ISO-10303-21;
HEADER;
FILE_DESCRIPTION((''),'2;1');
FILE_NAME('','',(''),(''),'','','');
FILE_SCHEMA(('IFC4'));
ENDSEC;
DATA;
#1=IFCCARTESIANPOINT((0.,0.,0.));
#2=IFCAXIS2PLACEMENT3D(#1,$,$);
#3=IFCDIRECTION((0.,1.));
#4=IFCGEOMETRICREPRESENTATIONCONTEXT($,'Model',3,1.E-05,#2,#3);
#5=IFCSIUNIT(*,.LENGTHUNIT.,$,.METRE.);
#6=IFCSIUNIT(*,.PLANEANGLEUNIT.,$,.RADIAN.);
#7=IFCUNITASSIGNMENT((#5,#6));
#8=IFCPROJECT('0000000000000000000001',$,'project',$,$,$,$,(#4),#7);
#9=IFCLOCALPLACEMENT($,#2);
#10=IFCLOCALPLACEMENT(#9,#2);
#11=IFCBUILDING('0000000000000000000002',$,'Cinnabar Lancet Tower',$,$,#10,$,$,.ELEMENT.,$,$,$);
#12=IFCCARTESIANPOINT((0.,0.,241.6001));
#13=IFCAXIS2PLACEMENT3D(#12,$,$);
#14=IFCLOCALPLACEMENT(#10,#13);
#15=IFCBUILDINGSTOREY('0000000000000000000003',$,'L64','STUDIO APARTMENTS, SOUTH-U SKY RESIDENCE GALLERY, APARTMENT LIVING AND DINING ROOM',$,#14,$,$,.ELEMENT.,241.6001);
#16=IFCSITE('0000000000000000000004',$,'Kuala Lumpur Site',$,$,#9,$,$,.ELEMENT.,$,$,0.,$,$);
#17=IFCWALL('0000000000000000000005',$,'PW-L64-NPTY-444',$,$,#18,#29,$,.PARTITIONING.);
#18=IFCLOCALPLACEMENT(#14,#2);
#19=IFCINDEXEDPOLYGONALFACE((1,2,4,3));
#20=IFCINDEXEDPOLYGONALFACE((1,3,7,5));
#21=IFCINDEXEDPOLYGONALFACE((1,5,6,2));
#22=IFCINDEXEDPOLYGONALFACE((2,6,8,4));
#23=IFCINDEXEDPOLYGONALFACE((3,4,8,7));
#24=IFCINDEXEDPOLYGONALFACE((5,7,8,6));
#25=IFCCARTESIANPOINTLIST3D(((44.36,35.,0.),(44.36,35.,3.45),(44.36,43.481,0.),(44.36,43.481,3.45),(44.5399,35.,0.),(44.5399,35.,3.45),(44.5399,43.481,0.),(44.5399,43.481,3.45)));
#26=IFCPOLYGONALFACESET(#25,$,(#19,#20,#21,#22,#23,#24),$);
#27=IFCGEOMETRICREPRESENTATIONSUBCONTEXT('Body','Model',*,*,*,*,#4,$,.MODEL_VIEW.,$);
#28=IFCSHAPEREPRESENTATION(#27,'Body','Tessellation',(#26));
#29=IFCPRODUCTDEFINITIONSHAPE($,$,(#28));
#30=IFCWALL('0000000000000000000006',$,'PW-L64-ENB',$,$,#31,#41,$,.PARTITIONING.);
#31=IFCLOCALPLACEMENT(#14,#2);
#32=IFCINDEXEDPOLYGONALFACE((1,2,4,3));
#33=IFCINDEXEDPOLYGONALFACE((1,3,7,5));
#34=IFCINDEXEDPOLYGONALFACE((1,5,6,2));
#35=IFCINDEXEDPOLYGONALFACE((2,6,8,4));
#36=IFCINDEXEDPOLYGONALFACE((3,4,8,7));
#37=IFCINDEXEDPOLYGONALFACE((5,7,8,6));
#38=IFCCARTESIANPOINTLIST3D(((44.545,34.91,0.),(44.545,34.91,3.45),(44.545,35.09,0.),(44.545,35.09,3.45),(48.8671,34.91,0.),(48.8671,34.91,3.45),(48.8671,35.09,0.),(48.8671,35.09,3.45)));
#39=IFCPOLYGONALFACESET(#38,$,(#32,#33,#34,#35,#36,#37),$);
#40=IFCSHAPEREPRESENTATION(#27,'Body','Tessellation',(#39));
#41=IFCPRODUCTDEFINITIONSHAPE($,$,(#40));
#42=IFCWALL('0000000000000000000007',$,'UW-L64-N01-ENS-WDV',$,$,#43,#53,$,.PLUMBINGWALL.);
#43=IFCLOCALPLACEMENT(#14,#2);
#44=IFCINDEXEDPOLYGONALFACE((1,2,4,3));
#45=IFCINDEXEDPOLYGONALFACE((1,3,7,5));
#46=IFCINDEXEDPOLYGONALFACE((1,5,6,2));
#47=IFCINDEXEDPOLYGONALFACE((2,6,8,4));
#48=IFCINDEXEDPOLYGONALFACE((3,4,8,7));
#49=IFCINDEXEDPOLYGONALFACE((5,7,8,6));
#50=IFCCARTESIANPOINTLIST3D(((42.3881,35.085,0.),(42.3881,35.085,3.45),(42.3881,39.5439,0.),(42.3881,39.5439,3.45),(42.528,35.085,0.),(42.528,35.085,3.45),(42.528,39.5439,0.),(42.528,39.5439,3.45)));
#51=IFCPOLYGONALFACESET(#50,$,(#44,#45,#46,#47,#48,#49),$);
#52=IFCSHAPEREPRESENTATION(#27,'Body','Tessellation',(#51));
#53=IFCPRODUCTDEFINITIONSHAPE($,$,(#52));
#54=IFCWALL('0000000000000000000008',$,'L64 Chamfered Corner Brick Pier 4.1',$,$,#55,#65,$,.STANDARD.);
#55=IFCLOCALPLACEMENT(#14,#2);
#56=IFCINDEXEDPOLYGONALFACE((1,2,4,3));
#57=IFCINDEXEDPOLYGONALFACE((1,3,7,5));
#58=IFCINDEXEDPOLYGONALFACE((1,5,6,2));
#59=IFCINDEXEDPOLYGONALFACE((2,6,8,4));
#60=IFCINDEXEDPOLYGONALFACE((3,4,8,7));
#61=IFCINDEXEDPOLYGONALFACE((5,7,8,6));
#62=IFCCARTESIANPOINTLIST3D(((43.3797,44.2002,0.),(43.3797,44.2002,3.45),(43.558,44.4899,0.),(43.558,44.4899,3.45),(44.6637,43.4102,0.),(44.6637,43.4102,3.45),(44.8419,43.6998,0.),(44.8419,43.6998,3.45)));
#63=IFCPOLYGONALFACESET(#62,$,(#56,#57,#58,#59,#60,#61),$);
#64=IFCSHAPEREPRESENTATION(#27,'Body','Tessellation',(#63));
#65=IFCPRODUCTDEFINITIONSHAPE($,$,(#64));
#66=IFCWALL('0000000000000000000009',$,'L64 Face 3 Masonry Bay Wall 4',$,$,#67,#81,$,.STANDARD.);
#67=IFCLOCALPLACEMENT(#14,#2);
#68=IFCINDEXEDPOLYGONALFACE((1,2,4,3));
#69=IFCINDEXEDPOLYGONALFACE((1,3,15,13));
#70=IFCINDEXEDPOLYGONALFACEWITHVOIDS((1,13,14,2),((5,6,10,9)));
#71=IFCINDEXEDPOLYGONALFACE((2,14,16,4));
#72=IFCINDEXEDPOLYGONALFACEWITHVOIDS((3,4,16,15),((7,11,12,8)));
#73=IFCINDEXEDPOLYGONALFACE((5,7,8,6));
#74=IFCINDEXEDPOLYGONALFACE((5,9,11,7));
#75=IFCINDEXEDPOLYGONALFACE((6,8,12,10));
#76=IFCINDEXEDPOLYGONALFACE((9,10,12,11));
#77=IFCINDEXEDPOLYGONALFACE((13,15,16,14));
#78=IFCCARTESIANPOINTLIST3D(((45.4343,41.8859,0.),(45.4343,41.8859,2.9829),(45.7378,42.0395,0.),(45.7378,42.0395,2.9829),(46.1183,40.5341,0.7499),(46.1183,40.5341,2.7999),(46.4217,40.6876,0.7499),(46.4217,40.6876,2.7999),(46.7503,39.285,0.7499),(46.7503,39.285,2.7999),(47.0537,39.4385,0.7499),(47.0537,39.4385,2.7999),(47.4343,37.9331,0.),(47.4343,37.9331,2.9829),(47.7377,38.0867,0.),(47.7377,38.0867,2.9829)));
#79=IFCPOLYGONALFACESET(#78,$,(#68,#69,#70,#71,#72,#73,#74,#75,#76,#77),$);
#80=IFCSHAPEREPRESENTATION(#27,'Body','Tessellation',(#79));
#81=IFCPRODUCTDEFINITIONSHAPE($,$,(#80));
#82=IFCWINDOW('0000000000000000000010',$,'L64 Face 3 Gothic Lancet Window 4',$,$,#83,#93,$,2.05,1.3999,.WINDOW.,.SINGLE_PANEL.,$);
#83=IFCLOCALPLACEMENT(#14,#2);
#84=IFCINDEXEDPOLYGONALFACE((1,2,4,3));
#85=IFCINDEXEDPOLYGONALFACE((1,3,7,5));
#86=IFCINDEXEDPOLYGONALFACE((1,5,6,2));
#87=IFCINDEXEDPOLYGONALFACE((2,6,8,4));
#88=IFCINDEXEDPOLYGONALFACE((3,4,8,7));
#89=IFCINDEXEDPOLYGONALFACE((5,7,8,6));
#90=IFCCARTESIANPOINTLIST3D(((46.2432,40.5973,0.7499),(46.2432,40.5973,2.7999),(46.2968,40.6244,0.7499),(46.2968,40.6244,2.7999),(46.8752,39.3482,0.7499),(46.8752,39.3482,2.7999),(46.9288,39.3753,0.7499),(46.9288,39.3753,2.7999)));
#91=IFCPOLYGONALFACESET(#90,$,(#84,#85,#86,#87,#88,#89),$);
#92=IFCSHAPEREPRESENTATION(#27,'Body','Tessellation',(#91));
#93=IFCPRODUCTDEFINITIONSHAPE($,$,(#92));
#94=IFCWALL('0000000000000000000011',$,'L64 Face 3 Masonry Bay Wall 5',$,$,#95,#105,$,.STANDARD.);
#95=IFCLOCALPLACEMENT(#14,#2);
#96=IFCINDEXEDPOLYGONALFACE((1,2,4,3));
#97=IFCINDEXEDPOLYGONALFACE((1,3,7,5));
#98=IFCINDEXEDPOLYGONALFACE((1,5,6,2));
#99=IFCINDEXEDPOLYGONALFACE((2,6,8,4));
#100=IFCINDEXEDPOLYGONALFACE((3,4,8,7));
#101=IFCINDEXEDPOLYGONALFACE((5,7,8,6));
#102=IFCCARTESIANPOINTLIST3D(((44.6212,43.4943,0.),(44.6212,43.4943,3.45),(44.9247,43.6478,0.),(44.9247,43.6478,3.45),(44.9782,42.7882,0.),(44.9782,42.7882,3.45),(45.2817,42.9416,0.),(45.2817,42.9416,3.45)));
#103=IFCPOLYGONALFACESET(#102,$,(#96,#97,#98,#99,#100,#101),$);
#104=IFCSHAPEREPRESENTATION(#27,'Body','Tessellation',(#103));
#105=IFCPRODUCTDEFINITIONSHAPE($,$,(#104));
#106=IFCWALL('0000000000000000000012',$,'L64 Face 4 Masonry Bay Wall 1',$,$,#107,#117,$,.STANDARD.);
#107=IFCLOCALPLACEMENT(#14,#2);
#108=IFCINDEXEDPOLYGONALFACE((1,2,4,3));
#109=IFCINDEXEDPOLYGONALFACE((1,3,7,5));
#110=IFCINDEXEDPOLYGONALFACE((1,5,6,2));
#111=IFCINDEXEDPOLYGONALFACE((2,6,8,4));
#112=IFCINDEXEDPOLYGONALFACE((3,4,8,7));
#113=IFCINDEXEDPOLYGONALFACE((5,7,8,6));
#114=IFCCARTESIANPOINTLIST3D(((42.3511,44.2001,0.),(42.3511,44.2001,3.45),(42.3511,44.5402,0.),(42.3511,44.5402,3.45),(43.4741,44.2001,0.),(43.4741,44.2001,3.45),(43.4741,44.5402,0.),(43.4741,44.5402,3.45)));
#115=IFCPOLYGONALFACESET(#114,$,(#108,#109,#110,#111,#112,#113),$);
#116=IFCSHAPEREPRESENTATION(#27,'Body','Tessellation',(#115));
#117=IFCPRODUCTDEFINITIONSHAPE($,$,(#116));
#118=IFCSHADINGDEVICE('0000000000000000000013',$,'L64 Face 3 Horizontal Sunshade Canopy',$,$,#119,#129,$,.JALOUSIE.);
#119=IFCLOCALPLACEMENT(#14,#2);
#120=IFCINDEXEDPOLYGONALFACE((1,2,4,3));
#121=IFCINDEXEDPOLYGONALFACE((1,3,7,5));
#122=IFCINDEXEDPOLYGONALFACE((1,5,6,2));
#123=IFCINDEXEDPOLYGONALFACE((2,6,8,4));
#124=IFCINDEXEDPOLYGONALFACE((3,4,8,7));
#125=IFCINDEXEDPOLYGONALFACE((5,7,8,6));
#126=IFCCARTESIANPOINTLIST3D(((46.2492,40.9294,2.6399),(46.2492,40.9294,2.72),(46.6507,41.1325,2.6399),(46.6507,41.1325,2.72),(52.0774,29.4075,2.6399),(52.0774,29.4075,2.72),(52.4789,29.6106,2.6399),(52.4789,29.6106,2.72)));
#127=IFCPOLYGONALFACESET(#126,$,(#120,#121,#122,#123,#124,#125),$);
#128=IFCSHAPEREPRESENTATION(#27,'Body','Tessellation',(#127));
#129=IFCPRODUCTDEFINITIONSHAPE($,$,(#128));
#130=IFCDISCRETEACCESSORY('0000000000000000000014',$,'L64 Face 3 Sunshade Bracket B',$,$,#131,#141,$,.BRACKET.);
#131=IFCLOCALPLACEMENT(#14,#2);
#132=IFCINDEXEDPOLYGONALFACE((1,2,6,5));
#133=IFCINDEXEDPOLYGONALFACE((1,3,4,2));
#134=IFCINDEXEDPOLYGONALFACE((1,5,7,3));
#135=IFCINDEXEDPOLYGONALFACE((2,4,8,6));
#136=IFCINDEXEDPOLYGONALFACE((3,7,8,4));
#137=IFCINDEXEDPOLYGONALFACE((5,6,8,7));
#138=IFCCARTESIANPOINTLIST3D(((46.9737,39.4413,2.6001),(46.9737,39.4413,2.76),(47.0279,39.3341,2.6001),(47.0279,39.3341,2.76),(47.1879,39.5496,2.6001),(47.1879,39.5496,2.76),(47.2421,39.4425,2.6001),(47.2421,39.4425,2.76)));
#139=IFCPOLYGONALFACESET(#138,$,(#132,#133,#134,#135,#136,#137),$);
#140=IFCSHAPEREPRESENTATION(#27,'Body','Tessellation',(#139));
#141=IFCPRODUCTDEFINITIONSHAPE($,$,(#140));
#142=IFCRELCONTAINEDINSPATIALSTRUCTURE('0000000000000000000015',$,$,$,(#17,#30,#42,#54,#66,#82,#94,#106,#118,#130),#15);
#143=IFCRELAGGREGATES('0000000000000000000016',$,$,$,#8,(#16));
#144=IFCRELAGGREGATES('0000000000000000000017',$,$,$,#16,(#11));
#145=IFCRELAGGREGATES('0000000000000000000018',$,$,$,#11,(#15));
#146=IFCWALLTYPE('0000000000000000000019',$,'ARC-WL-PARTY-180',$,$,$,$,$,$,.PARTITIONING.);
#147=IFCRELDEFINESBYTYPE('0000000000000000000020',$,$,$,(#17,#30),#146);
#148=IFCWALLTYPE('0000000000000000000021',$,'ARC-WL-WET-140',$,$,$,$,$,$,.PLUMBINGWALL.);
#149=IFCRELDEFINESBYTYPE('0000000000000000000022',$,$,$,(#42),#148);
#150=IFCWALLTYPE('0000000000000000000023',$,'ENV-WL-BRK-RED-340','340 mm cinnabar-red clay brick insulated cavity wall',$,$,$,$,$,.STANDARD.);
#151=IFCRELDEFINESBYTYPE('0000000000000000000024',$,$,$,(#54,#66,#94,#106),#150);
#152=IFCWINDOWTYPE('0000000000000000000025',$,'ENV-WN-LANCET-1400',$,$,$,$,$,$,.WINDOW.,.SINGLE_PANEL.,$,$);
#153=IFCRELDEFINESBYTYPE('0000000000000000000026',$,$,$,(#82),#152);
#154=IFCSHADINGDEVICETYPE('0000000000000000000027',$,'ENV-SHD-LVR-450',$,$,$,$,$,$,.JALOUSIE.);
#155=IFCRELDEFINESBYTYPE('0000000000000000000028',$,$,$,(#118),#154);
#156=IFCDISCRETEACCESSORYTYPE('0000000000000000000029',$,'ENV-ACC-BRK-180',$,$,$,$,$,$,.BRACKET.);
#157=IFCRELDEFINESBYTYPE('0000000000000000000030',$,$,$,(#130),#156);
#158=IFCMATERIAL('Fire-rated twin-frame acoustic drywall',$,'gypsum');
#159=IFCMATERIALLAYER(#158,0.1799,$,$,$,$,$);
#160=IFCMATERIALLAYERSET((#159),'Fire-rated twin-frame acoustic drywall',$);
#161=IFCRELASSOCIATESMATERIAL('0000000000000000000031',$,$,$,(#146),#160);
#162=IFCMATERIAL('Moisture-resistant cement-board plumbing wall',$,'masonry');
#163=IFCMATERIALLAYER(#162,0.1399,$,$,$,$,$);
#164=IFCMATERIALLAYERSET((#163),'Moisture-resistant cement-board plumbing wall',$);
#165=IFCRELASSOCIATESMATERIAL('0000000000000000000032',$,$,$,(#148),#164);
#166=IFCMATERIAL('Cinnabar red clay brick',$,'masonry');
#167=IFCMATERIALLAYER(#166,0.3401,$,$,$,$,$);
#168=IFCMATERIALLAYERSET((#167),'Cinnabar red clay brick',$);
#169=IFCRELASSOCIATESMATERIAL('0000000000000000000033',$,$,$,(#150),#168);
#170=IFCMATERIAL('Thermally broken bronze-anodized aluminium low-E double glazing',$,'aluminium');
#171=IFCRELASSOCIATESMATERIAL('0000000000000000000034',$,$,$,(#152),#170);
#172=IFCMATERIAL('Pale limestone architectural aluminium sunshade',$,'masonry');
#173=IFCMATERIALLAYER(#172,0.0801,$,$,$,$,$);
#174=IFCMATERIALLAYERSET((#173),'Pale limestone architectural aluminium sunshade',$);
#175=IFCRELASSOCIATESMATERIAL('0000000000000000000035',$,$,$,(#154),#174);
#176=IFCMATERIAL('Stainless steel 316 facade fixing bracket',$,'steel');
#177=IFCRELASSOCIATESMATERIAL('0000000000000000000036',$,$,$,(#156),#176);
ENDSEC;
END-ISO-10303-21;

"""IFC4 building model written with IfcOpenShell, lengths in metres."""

from ifc_helpers import new_model, si_unit, direction, frame, frame_2d, origin, origin_2d, place, context, subcontext, project, spatial, rectangle, extrude, material, layer, layer_set, type_object, element, fill, save


model = new_model("IFC4")

# Units and contexts
model_context = context("Model", 3, precision=1e-05, world=origin(), true_north=direction((0.0, 1.0)))
body_context = subcontext(model_context, "Body", "Model", "MODEL_VIEW")
ifc_project = project(units=[si_unit("LENGTHUNIT", "METRE"), si_unit("PLANEANGLEUNIT", "RADIAN")], contexts=[model_context])

# Site, building, storey
site_placement = place(None, origin())
site = spatial("IfcSite", under=ifc_project, at=site_placement, Name="Kuala Lumpur Site", CompositionType="ELEMENT", RefElevation=0.0)
building_placement = place(site_placement, origin())
building = spatial("IfcBuilding", under=site, at=building_placement, Name="Cinnabar Lancet Tower", CompositionType="ELEMENT")
storey_placement = place(building_placement, frame((0.0, 0.0, 241.6001)))
storey = spatial("IfcBuildingStorey", under=building, at=storey_placement, Name="L64", Description="STUDIO APARTMENTS, SOUTH-U SKY RESIDENCE GALLERY, APARTMENT LIVING AND DINING ROOM", CompositionType="ELEMENT", Elevation=241.6001)

# Walls
ifc_material_1 = material(Name="Fire-rated twin-frame acoustic drywall", Category="gypsum")
ifc_layer_1 = layer(ifc_material_1, 0.1799)
ifc_layer_set_1 = layer_set([ifc_layer_1], Name="Fire-rated twin-frame acoustic drywall")
wall_type_1 = type_object("IfcWallType", Name="ARC-WL-PARTY-180", PredefinedType="PARTITIONING", material=ifc_layer_set_1)
wall_1_placement = place(storey_placement, frame((44.45, 35.0, 0.0), z_axis=(0.0, 0.0, 1.0), x_axis=(0.0, 1.0, 0.0)))
element("IfcWall", 1, at=wall_1_placement, inside=storey, type_object=wall_type_1, Name="PW-L64-NPTY-444", PredefinedType="PARTITIONING", context=body_context, shape_type="SweptSolid", body=[
    extrude(rectangle(XDim=8.481, YDim=0.1799, at=frame_2d((4.2405, 0.0))), origin(), (0.0, 0.0, 1.0), 3.45),
])
wall_2_placement = place(storey_placement, frame((44.5449, 35.0, 0.0), z_axis=(0.0, 0.0, 1.0), x_axis=(1.0, 0.0, 0.0)))
element("IfcWall", 2, at=wall_2_placement, inside=storey, type_object=wall_type_1, Name="PW-L64-ENB", PredefinedType="PARTITIONING", context=body_context, shape_type="SweptSolid", body=[
    extrude(rectangle(XDim=4.322, YDim=0.1799, at=frame_2d((2.1611, 0.0))), origin(), (0.0, 0.0, 1.0), 3.45),
])
ifc_material_2 = material(Name="Moisture-resistant cement-board plumbing wall", Category="masonry")
ifc_layer_2 = layer(ifc_material_2, 0.1399)
ifc_layer_set_2 = layer_set([ifc_layer_2], Name="Moisture-resistant cement-board plumbing wall")
wall_type_2 = type_object("IfcWallType", Name="ARC-WL-WET-140", PredefinedType="PLUMBINGWALL", material=ifc_layer_set_2)
wall_3_placement = place(storey_placement, frame((42.458, 35.085, 0.0), z_axis=(0.0, 0.0, 1.0), x_axis=(0.0, 1.0, 0.0)))
element("IfcWall", 3, at=wall_3_placement, inside=storey, type_object=wall_type_2, Name="UW-L64-N01-ENS-WDV", PredefinedType="PLUMBINGWALL", context=body_context, shape_type="SweptSolid", body=[
    extrude(rectangle(XDim=4.459, YDim=0.1399, at=frame_2d((2.2295, 0.0))), origin(), (0.0, 0.0, 1.0), 3.45),
])
ifc_material_3 = material(Name="Cinnabar red clay brick", Category="masonry")
ifc_layer_3 = layer(ifc_material_3, 0.3401)
ifc_layer_set_3 = layer_set([ifc_layer_3], Name="Cinnabar red clay brick")
wall_type_3 = type_object("IfcWallType", Name="ENV-WL-BRK-RED-340", Description="340 mm cinnabar-red clay brick insulated cavity wall", PredefinedType="STANDARD", material=ifc_layer_set_3)
wall_4_placement = place(storey_placement, frame((44.7529, 43.5549, 0.0), z_axis=(0.0, 0.0, 1.0), x_axis=(-0.851681, 0.524061, 0.0)))
element("IfcWall", 4, at=wall_4_placement, inside=storey, type_object=wall_type_3, Name="L64 Chamfered Corner Brick Pier 4.1", PredefinedType="STANDARD", context=body_context, shape_type="SweptSolid", body=[
    extrude(rectangle(XDim=1.5076, YDim=0.3401, at=frame_2d((0.7539, 0.0))), origin(), (0.0, 0.0, 1.0), 3.45),
])

# Wall, opening, window
wall_5_placement = place(storey_placement, frame((47.5859, 38.01, 0.0), z_axis=(0.0, 0.0, 1.0), x_axis=(-0.451463, 0.89229, 0.0)))
wall_5 = element("IfcWall", 5, at=wall_5_placement, inside=storey, type_object=wall_type_3, Name="L64 Face 3 Masonry Bay Wall 4", PredefinedType="STANDARD", context=body_context, shape_type="SweptSolid", body=[
    extrude(rectangle(XDim=4.4299, YDim=0.3401, at=frame_2d((2.2148, 0.0))), origin(), (0.0, 0.0, 1.0), 2.9829),
])
opening_placement = place(wall_5_placement, frame((1.5149, 0.0, 0.75)))
opening = element("IfcOpeningElement", 6, at=opening_placement, cuts=wall_5, PredefinedType="OPENING", context=body_context, shape_type="SweptSolid", body=[
    extrude(rectangle(XDim=1.3999, YDim=2.05, at=frame_2d((0.7, 1.0249))), frame((0.0, 0.1799, 0.0), z_axis=(0.0, -1.0, 0.0), x_axis=(1.0, 0.0, 0.0)), (0.0, 0.0, 1.0), 0.3601),
])
ifc_material_4 = material(Name="Thermally broken bronze-anodized aluminium low-E double glazing", Category="aluminium")
window_type = type_object("IfcWindowType", Name="ENV-WN-LANCET-1400", PartitioningType="SINGLE_PANEL", PredefinedType="WINDOW", material=ifc_material_4)
window_placement = place(opening_placement, origin())
window = element("IfcWindow", 7, at=window_placement, inside=storey, type_object=window_type, Name="L64 Face 3 Gothic Lancet Window 4", OverallHeight=2.05, OverallWidth=1.3999, PartitioningType="SINGLE_PANEL", PredefinedType="WINDOW", context=body_context, shape_type="SweptSolid", body=[
    extrude(rectangle(XDim=1.3999, YDim=2.05, at=frame_2d((0.7, 1.0249))), frame((0.0, 0.03, 0.0), z_axis=(0.0, -1.0, 0.0), x_axis=(1.0, 0.0, 0.0)), (0.0, 0.0, 1.0), 0.0601),
])
fill(opening, window)

# Walls
wall_6_placement = place(storey_placement, frame((45.1299, 42.865, 0.0), z_axis=(0.0, 0.0, 1.0), x_axis=(-0.451159, 0.892443, 0.0)))
element("IfcWall", 8, at=wall_6_placement, inside=storey, type_object=wall_type_3, Name="L64 Face 3 Masonry Bay Wall 5", PredefinedType="STANDARD", context=body_context, shape_type="SweptSolid", body=[
    extrude(rectangle(XDim=0.7913, YDim=0.3401, at=frame_2d((0.3955, 0.0))), origin(), (0.0, 0.0, 1.0), 3.45),
])
wall_7_placement = place(storey_placement, frame((43.4741, 44.3701, 0.0), z_axis=(0.0, 0.0, 1.0), x_axis=(-1.0, 0.0, 0.0)))
element("IfcWall", 9, at=wall_7_placement, inside=storey, type_object=wall_type_3, Name="L64 Face 4 Masonry Bay Wall 1", PredefinedType="STANDARD", context=body_context, shape_type="SweptSolid", body=[
    extrude(rectangle(XDim=1.123, YDim=0.3401, at=frame_2d((0.5615, 0.0))), origin(), (0.0, 0.0, 1.0), 3.45),
])

# Shading device
ifc_material_5 = material(Name="Pale limestone architectural aluminium sunshade", Category="masonry")
ifc_layer_4 = layer(ifc_material_5, 0.0801)
ifc_layer_set_4 = layer_set([ifc_layer_4], Name="Pale limestone architectural aluminium sunshade")
shading_device_type = type_object("IfcShadingDeviceType", Name="ENV-SHD-LVR-450", PredefinedType="JALOUSIE", material=ifc_layer_set_4)
shading_device_placement = place(storey_placement, frame((49.364, 35.27, 2.6399), z_axis=(0.0, 0.0, 1.0), x_axis=(-0.451376, 0.892334, 0.0)))
element("IfcShadingDevice", 10, at=shading_device_placement, inside=storey, type_object=shading_device_type, Name="L64 Face 3 Horizontal Sunshade Canopy", PredefinedType="JALOUSIE", context=body_context, shape_type="SweptSolid", body=[
    extrude(rectangle(XDim=12.9121, YDim=0.45, at=origin_2d()), origin(), (0.0, 0.0, 1.0), 0.0801),
])

# Discrete accessory
ifc_material_6 = material(Name="Stainless steel 316 facade fixing bracket", Category="steel")
discrete_accessory_type = type_object("IfcDiscreteAccessoryType", Name="ENV-ACC-BRK-180", PredefinedType="BRACKET", material=ifc_material_6)
discrete_accessory_placement = place(storey_placement, frame((47.1079, 39.4419, 2.6001), z_axis=(0.0, 0.0, 1.0), x_axis=(-0.451376, 0.892334, 0.0)))
element("IfcDiscreteAccessory", 11, at=discrete_accessory_placement, inside=storey, type_object=discrete_accessory_type, Name="L64 Face 3 Sunshade Bracket B", PredefinedType="BRACKET", context=body_context, shape_type="SweptSolid", body=[
    extrude(rectangle(XDim=0.1201, YDim=0.24, at=origin_2d()), origin(), (0.0, 0.0, 1.0), 0.1599),
])

save(model, "model.ifc")
